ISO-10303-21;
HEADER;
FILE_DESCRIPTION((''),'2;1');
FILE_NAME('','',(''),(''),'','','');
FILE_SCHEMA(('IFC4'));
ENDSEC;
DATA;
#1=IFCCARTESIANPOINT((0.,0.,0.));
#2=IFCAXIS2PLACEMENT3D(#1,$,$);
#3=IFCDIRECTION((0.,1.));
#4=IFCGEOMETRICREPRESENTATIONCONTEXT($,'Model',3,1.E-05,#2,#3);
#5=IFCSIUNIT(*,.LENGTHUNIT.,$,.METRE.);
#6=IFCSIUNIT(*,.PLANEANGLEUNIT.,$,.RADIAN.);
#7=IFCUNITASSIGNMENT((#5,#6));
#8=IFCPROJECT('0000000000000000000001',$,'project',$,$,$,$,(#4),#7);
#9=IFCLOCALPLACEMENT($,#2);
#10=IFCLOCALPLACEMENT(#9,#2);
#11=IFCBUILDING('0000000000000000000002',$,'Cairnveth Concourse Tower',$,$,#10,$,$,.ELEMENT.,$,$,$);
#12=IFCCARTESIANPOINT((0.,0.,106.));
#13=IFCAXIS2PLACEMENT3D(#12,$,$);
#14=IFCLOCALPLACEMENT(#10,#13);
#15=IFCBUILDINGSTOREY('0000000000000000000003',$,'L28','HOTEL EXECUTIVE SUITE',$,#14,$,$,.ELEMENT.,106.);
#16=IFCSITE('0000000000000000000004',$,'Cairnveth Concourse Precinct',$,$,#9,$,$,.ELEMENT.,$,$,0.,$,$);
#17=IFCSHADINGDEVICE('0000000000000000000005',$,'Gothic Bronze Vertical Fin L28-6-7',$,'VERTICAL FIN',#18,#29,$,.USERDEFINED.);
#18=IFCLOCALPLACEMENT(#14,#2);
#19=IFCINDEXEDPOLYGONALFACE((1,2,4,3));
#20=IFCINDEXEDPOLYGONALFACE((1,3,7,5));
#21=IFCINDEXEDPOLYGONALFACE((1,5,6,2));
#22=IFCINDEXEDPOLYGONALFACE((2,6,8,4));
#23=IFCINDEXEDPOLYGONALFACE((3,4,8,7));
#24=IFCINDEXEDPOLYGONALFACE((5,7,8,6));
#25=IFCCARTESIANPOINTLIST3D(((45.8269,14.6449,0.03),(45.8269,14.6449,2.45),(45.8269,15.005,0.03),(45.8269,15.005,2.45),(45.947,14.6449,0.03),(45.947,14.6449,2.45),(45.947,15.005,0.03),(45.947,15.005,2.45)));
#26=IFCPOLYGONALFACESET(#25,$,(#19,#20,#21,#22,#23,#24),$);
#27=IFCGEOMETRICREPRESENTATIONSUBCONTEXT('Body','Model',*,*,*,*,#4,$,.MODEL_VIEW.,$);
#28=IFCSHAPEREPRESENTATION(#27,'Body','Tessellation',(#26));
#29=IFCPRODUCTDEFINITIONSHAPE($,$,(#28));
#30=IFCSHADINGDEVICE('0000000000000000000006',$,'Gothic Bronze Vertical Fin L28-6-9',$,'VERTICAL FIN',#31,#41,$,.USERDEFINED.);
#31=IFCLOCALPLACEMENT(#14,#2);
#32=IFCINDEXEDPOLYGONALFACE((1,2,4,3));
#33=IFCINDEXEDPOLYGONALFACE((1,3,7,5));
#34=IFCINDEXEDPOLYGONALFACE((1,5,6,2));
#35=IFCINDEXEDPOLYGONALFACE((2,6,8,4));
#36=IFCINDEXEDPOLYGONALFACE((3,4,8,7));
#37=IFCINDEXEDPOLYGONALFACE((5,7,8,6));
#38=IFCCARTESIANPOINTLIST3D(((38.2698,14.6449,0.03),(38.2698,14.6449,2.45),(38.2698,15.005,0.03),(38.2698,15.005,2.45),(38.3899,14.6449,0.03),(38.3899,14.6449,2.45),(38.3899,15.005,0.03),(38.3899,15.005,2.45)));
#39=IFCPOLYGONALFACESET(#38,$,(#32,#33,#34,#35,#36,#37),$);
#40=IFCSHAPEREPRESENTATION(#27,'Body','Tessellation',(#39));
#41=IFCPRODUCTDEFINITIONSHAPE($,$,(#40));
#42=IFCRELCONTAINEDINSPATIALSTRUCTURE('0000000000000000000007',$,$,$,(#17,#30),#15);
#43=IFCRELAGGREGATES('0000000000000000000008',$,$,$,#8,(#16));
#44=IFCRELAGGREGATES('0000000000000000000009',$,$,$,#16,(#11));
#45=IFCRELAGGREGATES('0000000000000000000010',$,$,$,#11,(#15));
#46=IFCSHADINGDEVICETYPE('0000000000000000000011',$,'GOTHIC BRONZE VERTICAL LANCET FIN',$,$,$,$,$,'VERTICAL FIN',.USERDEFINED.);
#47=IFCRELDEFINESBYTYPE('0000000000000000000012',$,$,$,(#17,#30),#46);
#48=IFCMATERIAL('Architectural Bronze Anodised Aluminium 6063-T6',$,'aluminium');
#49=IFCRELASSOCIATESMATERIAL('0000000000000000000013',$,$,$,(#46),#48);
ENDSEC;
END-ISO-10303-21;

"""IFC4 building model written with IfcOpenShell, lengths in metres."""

from ifc_helpers import new_model, si_unit, direction, frame, origin, origin_2d, place, context, subcontext, project, spatial, rectangle, extrude, material, type_object, element, save


model = new_model("IFC4")

# Units and contexts
model_context = context("Model", 3, precision=1e-05, world=origin(), true_north=direction((0.0, 1.0)))
body_context = subcontext(model_context, "Body", "Model", "MODEL_VIEW")
ifc_project = project(units=[si_unit("LENGTHUNIT", "METRE"), si_unit("PLANEANGLEUNIT", "RADIAN")], contexts=[model_context])

# Site, building, storey
site_placement = place(None, origin())
site = spatial("IfcSite", under=ifc_project, at=site_placement, Name="Cairnveth Concourse Precinct", CompositionType="ELEMENT", RefElevation=0.0)
building_placement = place(site_placement, origin())
building = spatial("IfcBuilding", under=site, at=building_placement, Name="Cairnveth Concourse Tower", CompositionType="ELEMENT")
storey_placement = place(building_placement, frame((0.0, 0.0, 106.0)))
storey = spatial("IfcBuildingStorey", under=building, at=storey_placement, Name="L28", Description="HOTEL EXECUTIVE SUITE", CompositionType="ELEMENT", Elevation=106.0)

# Shading devices
ifc_material_1 = material(Name="Architectural Bronze Anodised Aluminium 6063-T6", Category="aluminium")
shading_device_type = type_object("IfcShadingDeviceType", Name="GOTHIC BRONZE VERTICAL LANCET FIN", ElementType="VERTICAL FIN", PredefinedType="USERDEFINED", material=ifc_material_1)
for number, where, z_axis, x_axis, name in (
    (1, (45.887, 14.825, 0.03), (0.0, 0.0, 1.0), (1.0, 0.0, 0.0), "Gothic Bronze Vertical Fin L28-6-7"),
    (2, (38.3298, 14.825, 0.03), (0.0, 0.0, 1.0), (1.0, 0.0, 0.0), "Gothic Bronze Vertical Fin L28-6-9"),
):
    element("IfcShadingDevice", number, at=place(storey_placement, frame(where, z_axis=z_axis, x_axis=x_axis)), inside=storey, type_object=shading_device_type, Name=name, ObjectType="VERTICAL FIN", PredefinedType="USERDEFINED", context=body_context, shape_type="SweptSolid", body=[
        extrude(rectangle(XDim=0.1201, YDim=0.3601, at=origin_2d()), origin(), (0.0, 0.0, 1.0), 2.4199),
    ])

save(model, "model.ifc")
